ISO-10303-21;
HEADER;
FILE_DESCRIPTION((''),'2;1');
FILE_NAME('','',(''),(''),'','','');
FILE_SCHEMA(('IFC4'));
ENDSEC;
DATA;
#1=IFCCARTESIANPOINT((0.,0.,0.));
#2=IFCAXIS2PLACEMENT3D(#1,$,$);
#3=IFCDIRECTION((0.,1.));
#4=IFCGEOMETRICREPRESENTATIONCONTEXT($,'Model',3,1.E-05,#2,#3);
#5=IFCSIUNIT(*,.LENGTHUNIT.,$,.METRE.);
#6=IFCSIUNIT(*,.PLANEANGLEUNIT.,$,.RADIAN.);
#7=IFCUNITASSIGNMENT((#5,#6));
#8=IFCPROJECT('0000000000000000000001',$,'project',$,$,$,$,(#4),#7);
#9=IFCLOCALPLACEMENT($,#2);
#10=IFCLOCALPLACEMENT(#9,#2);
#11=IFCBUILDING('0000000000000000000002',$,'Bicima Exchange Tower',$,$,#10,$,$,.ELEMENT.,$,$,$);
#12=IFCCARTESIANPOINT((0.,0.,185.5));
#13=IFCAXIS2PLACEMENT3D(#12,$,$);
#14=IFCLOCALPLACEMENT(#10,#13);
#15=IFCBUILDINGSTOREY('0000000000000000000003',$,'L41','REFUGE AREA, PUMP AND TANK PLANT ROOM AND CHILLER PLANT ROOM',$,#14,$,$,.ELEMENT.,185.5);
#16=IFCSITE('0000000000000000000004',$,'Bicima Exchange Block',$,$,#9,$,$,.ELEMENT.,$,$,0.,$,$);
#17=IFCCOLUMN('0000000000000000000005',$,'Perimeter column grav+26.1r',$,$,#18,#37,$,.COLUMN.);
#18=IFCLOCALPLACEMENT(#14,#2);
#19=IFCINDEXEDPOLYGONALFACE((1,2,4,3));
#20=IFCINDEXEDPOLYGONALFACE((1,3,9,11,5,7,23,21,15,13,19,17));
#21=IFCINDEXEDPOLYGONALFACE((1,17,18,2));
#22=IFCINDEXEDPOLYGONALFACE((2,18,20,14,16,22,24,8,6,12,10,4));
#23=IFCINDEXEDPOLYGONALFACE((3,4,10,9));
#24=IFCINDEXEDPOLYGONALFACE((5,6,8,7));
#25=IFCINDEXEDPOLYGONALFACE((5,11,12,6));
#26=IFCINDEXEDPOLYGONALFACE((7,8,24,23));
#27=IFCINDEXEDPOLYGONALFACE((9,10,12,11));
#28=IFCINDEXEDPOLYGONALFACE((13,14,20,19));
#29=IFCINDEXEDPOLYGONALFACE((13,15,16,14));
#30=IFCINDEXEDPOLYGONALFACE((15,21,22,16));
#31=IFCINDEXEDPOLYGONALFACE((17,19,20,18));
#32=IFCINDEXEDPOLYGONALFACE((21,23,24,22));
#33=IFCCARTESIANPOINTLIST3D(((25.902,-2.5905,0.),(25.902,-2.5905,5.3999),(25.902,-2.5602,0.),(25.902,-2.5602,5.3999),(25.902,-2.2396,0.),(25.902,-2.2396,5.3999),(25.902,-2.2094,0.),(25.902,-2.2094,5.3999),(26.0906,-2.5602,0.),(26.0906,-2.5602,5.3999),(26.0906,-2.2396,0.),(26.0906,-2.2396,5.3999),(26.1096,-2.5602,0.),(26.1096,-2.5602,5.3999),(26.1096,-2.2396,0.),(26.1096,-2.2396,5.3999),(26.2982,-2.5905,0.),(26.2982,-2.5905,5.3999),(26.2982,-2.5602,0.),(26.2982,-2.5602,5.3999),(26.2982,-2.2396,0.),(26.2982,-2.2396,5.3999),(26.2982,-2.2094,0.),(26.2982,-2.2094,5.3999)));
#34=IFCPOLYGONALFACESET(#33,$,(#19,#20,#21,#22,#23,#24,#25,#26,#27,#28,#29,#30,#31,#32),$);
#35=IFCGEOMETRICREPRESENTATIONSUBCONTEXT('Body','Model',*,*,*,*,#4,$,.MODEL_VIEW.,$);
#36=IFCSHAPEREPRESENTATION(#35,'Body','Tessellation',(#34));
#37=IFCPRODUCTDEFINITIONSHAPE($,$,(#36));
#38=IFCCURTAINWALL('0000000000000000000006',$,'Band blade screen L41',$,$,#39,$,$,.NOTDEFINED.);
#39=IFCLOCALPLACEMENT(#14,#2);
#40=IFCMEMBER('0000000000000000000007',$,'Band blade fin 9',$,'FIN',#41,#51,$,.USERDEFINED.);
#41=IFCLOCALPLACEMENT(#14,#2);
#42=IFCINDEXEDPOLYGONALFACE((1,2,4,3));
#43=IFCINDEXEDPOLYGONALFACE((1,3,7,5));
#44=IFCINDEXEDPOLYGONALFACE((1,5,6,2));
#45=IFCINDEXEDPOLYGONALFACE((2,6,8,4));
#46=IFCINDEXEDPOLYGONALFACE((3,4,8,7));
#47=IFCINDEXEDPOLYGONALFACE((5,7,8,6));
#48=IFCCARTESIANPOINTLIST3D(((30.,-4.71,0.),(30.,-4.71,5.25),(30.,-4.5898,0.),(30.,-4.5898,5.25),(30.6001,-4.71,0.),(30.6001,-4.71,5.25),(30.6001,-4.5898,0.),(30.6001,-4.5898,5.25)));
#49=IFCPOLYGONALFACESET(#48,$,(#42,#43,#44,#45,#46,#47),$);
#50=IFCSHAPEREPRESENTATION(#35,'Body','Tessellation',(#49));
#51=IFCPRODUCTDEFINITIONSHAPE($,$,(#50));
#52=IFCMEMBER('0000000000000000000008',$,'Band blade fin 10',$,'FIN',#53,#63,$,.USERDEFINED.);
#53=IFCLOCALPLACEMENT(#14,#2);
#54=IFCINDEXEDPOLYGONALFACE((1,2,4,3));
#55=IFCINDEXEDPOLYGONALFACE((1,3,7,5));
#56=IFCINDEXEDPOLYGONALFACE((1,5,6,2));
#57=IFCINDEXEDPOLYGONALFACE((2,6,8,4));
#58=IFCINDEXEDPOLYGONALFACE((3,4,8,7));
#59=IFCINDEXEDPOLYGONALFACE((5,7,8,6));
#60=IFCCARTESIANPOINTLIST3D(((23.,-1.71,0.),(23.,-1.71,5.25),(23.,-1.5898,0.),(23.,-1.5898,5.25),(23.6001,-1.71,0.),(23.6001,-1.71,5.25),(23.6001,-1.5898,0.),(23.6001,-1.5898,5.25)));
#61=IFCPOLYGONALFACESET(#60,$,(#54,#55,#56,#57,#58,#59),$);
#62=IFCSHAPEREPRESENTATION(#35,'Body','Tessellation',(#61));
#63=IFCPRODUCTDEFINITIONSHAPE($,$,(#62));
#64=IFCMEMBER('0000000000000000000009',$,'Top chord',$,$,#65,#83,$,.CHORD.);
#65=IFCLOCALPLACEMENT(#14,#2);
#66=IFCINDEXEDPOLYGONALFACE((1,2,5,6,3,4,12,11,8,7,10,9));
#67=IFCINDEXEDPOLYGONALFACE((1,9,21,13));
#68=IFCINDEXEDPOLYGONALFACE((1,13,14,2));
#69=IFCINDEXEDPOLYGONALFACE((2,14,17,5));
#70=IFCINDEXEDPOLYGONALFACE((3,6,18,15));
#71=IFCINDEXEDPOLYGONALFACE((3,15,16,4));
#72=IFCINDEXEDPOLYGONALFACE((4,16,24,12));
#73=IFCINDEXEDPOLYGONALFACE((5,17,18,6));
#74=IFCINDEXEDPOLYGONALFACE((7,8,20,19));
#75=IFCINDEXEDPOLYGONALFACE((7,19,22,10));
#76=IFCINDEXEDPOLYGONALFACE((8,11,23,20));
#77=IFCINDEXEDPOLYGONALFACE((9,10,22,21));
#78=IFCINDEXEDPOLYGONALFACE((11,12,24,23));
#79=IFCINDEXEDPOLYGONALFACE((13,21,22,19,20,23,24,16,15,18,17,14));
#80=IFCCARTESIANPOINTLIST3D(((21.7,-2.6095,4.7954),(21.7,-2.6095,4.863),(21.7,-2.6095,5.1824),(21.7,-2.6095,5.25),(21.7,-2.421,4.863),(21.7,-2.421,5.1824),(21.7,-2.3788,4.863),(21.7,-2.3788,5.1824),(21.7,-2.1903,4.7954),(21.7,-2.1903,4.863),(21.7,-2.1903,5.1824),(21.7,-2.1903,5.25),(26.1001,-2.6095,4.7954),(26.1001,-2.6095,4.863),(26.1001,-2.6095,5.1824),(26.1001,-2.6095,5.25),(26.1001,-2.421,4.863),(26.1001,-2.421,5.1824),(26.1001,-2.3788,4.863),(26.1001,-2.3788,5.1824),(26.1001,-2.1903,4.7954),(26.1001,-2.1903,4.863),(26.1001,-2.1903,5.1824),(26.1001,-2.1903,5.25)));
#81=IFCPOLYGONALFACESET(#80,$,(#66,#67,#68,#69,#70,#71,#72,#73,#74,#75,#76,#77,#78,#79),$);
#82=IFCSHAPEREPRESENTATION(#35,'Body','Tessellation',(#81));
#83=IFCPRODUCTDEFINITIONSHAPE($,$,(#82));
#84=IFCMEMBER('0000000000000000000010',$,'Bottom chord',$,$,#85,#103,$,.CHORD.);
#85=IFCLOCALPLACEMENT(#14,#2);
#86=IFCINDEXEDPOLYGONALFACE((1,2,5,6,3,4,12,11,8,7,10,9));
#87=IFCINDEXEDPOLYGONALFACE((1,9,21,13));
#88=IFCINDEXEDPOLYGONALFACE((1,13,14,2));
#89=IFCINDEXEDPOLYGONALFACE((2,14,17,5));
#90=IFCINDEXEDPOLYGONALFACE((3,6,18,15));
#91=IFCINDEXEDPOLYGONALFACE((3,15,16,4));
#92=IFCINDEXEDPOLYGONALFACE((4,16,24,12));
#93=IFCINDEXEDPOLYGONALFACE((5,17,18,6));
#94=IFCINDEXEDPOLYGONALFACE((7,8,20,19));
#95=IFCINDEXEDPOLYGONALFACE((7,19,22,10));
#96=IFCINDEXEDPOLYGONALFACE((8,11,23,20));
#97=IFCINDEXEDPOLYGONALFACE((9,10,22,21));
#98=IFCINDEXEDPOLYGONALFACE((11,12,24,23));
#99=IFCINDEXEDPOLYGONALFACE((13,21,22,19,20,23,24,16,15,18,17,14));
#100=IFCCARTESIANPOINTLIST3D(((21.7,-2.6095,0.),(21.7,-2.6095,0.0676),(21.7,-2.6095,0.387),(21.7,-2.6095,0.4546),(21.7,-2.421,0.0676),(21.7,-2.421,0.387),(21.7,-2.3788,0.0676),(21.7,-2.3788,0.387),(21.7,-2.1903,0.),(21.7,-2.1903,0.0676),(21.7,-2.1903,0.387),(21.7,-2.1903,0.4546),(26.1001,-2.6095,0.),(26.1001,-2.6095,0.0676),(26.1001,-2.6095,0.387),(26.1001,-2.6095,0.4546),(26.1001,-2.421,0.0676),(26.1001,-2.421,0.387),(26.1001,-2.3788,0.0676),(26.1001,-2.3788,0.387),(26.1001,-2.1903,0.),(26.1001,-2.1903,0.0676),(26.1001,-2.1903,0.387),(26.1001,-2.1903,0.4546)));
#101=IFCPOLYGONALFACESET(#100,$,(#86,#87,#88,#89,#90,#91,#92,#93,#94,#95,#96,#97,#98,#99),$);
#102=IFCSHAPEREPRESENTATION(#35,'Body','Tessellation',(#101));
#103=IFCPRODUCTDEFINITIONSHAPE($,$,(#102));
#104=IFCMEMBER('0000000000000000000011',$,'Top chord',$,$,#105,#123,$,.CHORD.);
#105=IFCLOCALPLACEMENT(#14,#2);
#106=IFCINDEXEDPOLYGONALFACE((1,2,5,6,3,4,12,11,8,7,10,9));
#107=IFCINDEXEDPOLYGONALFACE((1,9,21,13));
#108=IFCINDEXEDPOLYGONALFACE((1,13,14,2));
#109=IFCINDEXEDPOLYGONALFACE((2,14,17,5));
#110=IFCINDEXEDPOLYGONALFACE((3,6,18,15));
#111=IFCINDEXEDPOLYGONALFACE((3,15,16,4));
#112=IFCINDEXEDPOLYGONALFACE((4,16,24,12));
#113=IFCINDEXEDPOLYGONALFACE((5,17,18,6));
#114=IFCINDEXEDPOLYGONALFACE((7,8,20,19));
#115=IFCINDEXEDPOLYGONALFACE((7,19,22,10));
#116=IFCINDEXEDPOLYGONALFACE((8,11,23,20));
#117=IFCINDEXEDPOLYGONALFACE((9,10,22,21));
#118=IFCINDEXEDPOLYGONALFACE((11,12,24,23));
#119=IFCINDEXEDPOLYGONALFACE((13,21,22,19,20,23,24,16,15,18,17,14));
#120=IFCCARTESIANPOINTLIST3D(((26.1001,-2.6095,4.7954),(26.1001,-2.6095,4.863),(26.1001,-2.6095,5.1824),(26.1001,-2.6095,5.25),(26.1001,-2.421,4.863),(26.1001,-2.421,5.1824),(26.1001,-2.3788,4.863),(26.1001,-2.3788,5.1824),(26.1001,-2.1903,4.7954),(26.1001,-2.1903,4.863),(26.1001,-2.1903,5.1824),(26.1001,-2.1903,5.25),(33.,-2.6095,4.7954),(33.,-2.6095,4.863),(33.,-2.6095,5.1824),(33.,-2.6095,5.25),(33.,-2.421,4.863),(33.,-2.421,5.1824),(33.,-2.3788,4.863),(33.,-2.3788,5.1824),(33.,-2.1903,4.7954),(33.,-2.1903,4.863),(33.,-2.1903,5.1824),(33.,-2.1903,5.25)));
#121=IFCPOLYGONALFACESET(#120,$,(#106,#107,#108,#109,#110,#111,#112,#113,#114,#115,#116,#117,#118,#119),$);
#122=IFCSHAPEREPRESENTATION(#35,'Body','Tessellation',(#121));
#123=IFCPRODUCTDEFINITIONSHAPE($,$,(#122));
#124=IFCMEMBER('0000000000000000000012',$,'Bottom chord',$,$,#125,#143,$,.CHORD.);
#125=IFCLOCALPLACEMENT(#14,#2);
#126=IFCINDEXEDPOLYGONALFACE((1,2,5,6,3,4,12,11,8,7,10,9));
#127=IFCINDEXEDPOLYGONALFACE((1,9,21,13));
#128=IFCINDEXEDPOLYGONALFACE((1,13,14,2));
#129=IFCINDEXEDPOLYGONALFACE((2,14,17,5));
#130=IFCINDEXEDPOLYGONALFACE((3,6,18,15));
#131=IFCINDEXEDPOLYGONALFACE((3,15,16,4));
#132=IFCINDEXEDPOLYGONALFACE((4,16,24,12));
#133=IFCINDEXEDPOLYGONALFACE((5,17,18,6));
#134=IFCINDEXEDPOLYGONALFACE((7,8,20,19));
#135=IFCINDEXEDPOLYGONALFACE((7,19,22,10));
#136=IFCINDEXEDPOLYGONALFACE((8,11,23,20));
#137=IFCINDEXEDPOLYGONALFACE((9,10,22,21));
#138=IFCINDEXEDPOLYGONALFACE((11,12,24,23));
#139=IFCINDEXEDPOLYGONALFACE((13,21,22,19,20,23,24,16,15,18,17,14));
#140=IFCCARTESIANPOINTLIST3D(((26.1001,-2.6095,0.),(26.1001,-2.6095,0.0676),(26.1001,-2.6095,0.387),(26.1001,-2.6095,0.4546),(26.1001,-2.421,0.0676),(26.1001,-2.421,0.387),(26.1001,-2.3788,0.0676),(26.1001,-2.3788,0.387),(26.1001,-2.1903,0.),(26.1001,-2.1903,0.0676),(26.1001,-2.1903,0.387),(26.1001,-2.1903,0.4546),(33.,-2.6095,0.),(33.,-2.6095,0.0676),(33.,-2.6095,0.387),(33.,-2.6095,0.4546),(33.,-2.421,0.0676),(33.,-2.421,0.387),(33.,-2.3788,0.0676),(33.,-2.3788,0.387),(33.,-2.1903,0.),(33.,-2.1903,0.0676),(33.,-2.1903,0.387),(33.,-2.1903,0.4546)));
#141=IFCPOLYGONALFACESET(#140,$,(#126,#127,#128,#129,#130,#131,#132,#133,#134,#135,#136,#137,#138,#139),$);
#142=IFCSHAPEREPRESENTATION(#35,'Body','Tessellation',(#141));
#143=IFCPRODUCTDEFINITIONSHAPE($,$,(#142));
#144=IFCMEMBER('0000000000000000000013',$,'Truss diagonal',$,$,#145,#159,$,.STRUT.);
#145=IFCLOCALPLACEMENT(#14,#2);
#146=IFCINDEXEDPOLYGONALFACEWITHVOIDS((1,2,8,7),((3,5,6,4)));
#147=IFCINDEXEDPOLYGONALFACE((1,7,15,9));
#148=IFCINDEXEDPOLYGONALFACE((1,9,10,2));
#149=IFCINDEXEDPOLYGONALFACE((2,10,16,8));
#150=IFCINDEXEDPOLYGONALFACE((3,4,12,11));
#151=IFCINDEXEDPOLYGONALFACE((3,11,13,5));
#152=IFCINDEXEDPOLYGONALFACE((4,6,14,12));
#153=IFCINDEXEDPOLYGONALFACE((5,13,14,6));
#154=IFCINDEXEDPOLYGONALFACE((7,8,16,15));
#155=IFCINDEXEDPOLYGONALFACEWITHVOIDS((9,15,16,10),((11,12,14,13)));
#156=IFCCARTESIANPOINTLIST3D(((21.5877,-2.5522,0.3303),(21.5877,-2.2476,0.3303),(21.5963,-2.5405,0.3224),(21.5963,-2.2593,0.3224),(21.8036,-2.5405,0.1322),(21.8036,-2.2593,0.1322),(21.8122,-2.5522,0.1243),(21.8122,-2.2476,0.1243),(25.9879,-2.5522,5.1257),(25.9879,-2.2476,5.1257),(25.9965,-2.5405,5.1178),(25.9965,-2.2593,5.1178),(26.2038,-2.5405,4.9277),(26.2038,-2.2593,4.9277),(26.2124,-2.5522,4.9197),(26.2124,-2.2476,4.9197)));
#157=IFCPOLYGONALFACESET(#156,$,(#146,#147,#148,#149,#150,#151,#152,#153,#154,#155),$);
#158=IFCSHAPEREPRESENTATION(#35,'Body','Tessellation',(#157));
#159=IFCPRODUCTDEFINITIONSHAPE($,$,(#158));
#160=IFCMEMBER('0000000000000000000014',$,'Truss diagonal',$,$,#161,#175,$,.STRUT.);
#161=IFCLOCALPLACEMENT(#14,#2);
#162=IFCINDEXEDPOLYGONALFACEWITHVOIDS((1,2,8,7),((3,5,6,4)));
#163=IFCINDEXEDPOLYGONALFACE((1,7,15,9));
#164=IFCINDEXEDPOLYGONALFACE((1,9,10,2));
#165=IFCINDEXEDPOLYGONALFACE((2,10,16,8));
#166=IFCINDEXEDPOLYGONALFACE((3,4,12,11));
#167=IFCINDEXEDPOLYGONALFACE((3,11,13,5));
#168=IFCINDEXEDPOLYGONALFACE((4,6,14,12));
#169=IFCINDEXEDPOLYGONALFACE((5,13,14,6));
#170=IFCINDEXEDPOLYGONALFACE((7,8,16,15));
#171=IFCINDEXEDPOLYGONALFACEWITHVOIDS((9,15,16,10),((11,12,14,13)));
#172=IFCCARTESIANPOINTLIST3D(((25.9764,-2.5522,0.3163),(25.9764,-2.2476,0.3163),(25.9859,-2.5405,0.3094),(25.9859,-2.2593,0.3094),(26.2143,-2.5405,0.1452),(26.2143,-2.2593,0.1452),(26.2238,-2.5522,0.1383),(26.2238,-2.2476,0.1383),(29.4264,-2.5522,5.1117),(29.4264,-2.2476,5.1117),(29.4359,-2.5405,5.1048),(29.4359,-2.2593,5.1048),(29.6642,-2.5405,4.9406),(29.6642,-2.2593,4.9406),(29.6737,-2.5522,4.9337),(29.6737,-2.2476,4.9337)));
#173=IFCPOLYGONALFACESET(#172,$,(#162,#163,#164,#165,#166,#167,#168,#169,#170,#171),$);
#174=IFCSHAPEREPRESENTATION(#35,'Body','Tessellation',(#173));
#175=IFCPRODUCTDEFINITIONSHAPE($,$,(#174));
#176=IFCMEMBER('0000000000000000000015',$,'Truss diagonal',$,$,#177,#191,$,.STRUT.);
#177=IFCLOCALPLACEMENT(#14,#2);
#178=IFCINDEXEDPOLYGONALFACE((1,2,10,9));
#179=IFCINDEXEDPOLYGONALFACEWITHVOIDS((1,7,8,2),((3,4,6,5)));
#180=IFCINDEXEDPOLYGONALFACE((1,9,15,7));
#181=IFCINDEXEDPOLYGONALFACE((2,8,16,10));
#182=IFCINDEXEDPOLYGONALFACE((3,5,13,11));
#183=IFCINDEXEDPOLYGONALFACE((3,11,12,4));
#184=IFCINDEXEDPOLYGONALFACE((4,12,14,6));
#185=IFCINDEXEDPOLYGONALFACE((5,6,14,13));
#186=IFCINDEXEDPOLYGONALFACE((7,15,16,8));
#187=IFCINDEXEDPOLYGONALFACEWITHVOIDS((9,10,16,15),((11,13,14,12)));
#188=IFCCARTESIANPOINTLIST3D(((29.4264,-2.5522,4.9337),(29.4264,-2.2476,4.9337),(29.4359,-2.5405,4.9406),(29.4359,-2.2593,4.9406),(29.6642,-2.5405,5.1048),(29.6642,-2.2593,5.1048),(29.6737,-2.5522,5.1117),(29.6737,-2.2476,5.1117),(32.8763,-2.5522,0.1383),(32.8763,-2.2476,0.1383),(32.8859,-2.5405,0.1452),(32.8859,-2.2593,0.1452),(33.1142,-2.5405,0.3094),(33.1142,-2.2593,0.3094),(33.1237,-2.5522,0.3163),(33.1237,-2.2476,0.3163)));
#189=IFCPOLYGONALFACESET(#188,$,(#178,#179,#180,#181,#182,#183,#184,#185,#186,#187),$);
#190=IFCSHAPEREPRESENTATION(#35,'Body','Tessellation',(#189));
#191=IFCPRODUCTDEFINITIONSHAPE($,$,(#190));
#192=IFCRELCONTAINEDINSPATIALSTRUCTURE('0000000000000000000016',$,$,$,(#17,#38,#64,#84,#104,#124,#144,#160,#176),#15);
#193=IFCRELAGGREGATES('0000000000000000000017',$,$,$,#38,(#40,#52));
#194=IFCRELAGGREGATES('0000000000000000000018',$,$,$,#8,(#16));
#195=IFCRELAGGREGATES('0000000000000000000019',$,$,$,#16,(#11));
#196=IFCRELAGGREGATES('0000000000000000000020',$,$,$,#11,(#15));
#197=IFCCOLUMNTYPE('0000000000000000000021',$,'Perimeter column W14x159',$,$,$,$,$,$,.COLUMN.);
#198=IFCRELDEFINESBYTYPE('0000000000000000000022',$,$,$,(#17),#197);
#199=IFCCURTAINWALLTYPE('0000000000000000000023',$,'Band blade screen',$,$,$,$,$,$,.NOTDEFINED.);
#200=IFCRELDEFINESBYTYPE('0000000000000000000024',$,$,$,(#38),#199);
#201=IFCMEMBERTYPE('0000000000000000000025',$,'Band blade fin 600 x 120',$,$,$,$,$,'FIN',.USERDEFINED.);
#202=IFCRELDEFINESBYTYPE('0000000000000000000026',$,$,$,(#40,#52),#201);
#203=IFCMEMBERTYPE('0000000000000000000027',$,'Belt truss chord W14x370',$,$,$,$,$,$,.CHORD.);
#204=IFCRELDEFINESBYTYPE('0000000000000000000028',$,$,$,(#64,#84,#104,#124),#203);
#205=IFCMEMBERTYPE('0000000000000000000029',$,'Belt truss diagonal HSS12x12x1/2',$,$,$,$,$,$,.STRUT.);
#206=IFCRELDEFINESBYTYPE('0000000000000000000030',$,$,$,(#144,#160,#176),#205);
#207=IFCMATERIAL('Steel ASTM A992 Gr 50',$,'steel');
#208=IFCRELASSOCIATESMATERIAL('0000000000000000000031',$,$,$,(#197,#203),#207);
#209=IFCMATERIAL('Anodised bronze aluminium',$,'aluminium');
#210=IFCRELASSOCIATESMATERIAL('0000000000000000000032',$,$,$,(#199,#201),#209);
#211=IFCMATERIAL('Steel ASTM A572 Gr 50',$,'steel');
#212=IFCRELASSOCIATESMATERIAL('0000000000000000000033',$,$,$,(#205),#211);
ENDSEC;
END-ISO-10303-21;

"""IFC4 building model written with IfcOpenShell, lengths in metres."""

from ifc_helpers import new_model, si_unit, direction, frame, origin, origin_2d, place, context, subcontext, project, spatial, rectangle, hollow_rectangle, i_section, extrude, material, material_profile, profile_set, type_object, element, aggregate, save


model = new_model("IFC4")

# Units and contexts
model_context = context("Model", 3, precision=1e-05, world=origin(), true_north=direction((0.0, 1.0)))
body_context = subcontext(model_context, "Body", "Model", "MODEL_VIEW")
ifc_project = project(units=[si_unit("LENGTHUNIT", "METRE"), si_unit("PLANEANGLEUNIT", "RADIAN")], contexts=[model_context])

# Site, building, storey
site_placement = place(None, origin())
site = spatial("IfcSite", under=ifc_project, at=site_placement, Name="Bicima Exchange Block", CompositionType="ELEMENT", RefElevation=0.0)
building_placement = place(site_placement, origin())
building = spatial("IfcBuilding", under=site, at=building_placement, Name="Bicima Exchange Tower", CompositionType="ELEMENT")
storey_placement = place(building_placement, frame((0.0, 0.0, 185.5)))
storey = spatial("IfcBuildingStorey", under=building, at=storey_placement, Name="L41", Description="REFUGE AREA, PUMP AND TANK PLANT ROOM AND CHILLER PLANT ROOM", CompositionType="ELEMENT", Elevation=185.5)

# Column
ifc_material_1 = material(Name="Steel ASTM A992 Gr 50", Category="steel")
ifc_material_profile_1 = material_profile(ifc_material_1, i_section(OverallWidth=0.3962, OverallDepth=0.3811, WebThickness=0.019, FlangeThickness=0.0303, at=origin_2d()))
ifc_profile_set_1 = profile_set([ifc_material_profile_1], Name="Steel ASTM A992 Gr 50")
column_type = type_object("IfcColumnType", Name="Perimeter column W14x159", PredefinedType="COLUMN", material=ifc_profile_set_1)
column_placement = place(storey_placement, frame((26.1001, -2.3999, 0.0), z_axis=(0.0, 0.0, 1.0), x_axis=(1.0, 0.0, 0.0)))
element("IfcColumn", 1, at=column_placement, inside=storey, type_object=column_type, Name="Perimeter column grav+26.1r", PredefinedType="COLUMN", context=body_context, shape_type="SweptSolid", body=[
    extrude(i_section(OverallWidth=0.3962, OverallDepth=0.3811, WebThickness=0.019, FlangeThickness=0.0303, at=origin_2d()), origin(), (0.0, 0.0, 1.0), 5.3999),
])

# Curtain wall, members
ifc_material_2 = material(Name="Anodised bronze aluminium", Category="aluminium")
curtain_wall_type = type_object("IfcCurtainWallType", Name="Band blade screen", PredefinedType="NOTDEFINED", material=ifc_material_2)
curtain_wall_placement = place(storey_placement, origin())
curtain_wall = element("IfcCurtainWall", 2, at=curtain_wall_placement, inside=storey, type_object=curtain_wall_type, Name="Band blade screen L41", PredefinedType="NOTDEFINED")
ifc_material_profile_2 = material_profile(ifc_material_2, rectangle(XDim=0.6001, YDim=0.1201, at=origin_2d()))
ifc_profile_set_2 = profile_set([ifc_material_profile_2], Name="Anodised bronze aluminium")
member_type_1 = type_object("IfcMemberType", Name="Band blade fin 600 x 120", ElementType="FIN", PredefinedType="USERDEFINED", material=ifc_profile_set_2)
member_1_placement = place(storey_placement, frame((30.3, -4.6499, 0.0), z_axis=(0.0, 0.0, 1.0), x_axis=(-1.0, 0.0, 0.0)))
member_1 = element("IfcMember", 3, at=member_1_placement, type_object=member_type_1, Name="Band blade fin 9", ObjectType="FIN", PredefinedType="USERDEFINED", context=body_context, shape_type="SweptSolid", body=[
    extrude(rectangle(XDim=0.6001, YDim=0.1201, at=origin_2d()), origin(), (0.0, 0.0, 1.0), 5.25),
])
member_2_placement = place(storey_placement, frame((23.3, -1.6499, 0.0), z_axis=(0.0, 0.0, 1.0), x_axis=(-1.0, 0.0, 0.0)))
member_2 = element("IfcMember", 4, at=member_2_placement, type_object=member_type_1, Name="Band blade fin 10", ObjectType="FIN", PredefinedType="USERDEFINED", context=body_context, shape_type="SweptSolid", body=[
    extrude(rectangle(XDim=0.6001, YDim=0.1201, at=origin_2d()), origin(), (0.0, 0.0, 1.0), 5.25),
])
aggregate(curtain_wall, [member_1, member_2])

# Members
ifc_material_profile_3 = material_profile(ifc_material_1, i_section(OverallWidth=0.4192, OverallDepth=0.4546, WebThickness=0.0422, FlangeThickness=0.0676, at=origin_2d()))
ifc_profile_set_3 = profile_set([ifc_material_profile_3], Name="Steel ASTM A992 Gr 50")
member_type_2 = type_object("IfcMemberType", Name="Belt truss chord W14x370", PredefinedType="CHORD", material=ifc_profile_set_3)
for number, where, z_axis, x_axis, name in (
    (5, (21.7, -2.3999, 5.0227), (1.0, 0.0, 0.0), (0.0, 1.0, 0.0), "Top chord"),
    (6, (21.7, -2.3999, 0.2273), (1.0, 0.0, 0.0), (0.0, 1.0, 0.0), "Bottom chord"),
):
    element("IfcMember", number, at=place(storey_placement, frame(where, z_axis=z_axis, x_axis=x_axis)), inside=storey, type_object=member_type_2, Name=name, PredefinedType="CHORD", context=body_context, shape_type="SweptSolid", body=[
        extrude(i_section(OverallWidth=0.4192, OverallDepth=0.4546, WebThickness=0.0422, FlangeThickness=0.0676, at=origin_2d()), origin(), (0.0, 0.0, 1.0), 4.4001),
    ])
for number, where, z_axis, x_axis, name in (
    (7, (26.1001, -2.3999, 5.0227), (1.0, 0.0, 0.0), (0.0, 1.0, 0.0), "Top chord"),
    (8, (26.1001, -2.3999, 0.2273), (1.0, 0.0, 0.0), (0.0, 1.0, 0.0), "Bottom chord"),
):
    element("IfcMember", number, at=place(storey_placement, frame(where, z_axis=z_axis, x_axis=x_axis)), inside=storey, type_object=member_type_2, Name=name, PredefinedType="CHORD", context=body_context, shape_type="SweptSolid", body=[
        extrude(i_section(OverallWidth=0.4192, OverallDepth=0.4546, WebThickness=0.0422, FlangeThickness=0.0676, at=origin_2d()), origin(), (0.0, 0.0, 1.0), 6.8999),
    ])
ifc_material_3 = material(Name="Steel ASTM A572 Gr 50", Category="steel")
ifc_material_profile_4 = material_profile(ifc_material_3, hollow_rectangle(XDim=0.3047, YDim=0.3047, WallThickness=0.0117, at=origin_2d()))
ifc_profile_set_4 = profile_set([ifc_material_profile_4], Name="Steel ASTM A572 Gr 50")
member_type_3 = type_object("IfcMemberType", Name="Belt truss diagonal HSS12x12x1/2", PredefinedType="STRUT", material=ifc_profile_set_4)
member_3_placement = place(storey_placement, frame((21.7, -2.3999, 0.2273), z_axis=(0.676088, 0.0, 0.736821), x_axis=(0.0, 1.0, 0.0)))
element("IfcMember", 9, at=member_3_placement, inside=storey, type_object=member_type_3, Name="Truss diagonal", PredefinedType="STRUT", context=body_context, shape_type="SweptSolid", body=[
    extrude(hollow_rectangle(XDim=0.3047, YDim=0.3047, WallThickness=0.0117, at=origin_2d()), origin(), (0.0, 0.0, 1.0), 6.5083),
])
for number, where, z_axis, x_axis, name in (
    (10, (26.1001, -2.3999, 0.2273), (0.583999, 0.0, 0.811755), (0.0, 1.0, 0.0), "Truss diagonal"),
    (11, (29.55, -2.3999, 5.0227), (0.583999, 0.0, -0.811755), (0.0, 1.0, 0.0), "Truss diagonal"),
):
    element("IfcMember", number, at=place(storey_placement, frame(where, z_axis=z_axis, x_axis=x_axis)), inside=storey, type_object=member_type_3, Name=name, PredefinedType="STRUT", context=body_context, shape_type="SweptSolid", body=[
        extrude(hollow_rectangle(XDim=0.3047, YDim=0.3047, WallThickness=0.0117, at=origin_2d()), origin(), (0.0, 0.0, 1.0), 5.9075),
    ])

save(model, "model.ifc")
